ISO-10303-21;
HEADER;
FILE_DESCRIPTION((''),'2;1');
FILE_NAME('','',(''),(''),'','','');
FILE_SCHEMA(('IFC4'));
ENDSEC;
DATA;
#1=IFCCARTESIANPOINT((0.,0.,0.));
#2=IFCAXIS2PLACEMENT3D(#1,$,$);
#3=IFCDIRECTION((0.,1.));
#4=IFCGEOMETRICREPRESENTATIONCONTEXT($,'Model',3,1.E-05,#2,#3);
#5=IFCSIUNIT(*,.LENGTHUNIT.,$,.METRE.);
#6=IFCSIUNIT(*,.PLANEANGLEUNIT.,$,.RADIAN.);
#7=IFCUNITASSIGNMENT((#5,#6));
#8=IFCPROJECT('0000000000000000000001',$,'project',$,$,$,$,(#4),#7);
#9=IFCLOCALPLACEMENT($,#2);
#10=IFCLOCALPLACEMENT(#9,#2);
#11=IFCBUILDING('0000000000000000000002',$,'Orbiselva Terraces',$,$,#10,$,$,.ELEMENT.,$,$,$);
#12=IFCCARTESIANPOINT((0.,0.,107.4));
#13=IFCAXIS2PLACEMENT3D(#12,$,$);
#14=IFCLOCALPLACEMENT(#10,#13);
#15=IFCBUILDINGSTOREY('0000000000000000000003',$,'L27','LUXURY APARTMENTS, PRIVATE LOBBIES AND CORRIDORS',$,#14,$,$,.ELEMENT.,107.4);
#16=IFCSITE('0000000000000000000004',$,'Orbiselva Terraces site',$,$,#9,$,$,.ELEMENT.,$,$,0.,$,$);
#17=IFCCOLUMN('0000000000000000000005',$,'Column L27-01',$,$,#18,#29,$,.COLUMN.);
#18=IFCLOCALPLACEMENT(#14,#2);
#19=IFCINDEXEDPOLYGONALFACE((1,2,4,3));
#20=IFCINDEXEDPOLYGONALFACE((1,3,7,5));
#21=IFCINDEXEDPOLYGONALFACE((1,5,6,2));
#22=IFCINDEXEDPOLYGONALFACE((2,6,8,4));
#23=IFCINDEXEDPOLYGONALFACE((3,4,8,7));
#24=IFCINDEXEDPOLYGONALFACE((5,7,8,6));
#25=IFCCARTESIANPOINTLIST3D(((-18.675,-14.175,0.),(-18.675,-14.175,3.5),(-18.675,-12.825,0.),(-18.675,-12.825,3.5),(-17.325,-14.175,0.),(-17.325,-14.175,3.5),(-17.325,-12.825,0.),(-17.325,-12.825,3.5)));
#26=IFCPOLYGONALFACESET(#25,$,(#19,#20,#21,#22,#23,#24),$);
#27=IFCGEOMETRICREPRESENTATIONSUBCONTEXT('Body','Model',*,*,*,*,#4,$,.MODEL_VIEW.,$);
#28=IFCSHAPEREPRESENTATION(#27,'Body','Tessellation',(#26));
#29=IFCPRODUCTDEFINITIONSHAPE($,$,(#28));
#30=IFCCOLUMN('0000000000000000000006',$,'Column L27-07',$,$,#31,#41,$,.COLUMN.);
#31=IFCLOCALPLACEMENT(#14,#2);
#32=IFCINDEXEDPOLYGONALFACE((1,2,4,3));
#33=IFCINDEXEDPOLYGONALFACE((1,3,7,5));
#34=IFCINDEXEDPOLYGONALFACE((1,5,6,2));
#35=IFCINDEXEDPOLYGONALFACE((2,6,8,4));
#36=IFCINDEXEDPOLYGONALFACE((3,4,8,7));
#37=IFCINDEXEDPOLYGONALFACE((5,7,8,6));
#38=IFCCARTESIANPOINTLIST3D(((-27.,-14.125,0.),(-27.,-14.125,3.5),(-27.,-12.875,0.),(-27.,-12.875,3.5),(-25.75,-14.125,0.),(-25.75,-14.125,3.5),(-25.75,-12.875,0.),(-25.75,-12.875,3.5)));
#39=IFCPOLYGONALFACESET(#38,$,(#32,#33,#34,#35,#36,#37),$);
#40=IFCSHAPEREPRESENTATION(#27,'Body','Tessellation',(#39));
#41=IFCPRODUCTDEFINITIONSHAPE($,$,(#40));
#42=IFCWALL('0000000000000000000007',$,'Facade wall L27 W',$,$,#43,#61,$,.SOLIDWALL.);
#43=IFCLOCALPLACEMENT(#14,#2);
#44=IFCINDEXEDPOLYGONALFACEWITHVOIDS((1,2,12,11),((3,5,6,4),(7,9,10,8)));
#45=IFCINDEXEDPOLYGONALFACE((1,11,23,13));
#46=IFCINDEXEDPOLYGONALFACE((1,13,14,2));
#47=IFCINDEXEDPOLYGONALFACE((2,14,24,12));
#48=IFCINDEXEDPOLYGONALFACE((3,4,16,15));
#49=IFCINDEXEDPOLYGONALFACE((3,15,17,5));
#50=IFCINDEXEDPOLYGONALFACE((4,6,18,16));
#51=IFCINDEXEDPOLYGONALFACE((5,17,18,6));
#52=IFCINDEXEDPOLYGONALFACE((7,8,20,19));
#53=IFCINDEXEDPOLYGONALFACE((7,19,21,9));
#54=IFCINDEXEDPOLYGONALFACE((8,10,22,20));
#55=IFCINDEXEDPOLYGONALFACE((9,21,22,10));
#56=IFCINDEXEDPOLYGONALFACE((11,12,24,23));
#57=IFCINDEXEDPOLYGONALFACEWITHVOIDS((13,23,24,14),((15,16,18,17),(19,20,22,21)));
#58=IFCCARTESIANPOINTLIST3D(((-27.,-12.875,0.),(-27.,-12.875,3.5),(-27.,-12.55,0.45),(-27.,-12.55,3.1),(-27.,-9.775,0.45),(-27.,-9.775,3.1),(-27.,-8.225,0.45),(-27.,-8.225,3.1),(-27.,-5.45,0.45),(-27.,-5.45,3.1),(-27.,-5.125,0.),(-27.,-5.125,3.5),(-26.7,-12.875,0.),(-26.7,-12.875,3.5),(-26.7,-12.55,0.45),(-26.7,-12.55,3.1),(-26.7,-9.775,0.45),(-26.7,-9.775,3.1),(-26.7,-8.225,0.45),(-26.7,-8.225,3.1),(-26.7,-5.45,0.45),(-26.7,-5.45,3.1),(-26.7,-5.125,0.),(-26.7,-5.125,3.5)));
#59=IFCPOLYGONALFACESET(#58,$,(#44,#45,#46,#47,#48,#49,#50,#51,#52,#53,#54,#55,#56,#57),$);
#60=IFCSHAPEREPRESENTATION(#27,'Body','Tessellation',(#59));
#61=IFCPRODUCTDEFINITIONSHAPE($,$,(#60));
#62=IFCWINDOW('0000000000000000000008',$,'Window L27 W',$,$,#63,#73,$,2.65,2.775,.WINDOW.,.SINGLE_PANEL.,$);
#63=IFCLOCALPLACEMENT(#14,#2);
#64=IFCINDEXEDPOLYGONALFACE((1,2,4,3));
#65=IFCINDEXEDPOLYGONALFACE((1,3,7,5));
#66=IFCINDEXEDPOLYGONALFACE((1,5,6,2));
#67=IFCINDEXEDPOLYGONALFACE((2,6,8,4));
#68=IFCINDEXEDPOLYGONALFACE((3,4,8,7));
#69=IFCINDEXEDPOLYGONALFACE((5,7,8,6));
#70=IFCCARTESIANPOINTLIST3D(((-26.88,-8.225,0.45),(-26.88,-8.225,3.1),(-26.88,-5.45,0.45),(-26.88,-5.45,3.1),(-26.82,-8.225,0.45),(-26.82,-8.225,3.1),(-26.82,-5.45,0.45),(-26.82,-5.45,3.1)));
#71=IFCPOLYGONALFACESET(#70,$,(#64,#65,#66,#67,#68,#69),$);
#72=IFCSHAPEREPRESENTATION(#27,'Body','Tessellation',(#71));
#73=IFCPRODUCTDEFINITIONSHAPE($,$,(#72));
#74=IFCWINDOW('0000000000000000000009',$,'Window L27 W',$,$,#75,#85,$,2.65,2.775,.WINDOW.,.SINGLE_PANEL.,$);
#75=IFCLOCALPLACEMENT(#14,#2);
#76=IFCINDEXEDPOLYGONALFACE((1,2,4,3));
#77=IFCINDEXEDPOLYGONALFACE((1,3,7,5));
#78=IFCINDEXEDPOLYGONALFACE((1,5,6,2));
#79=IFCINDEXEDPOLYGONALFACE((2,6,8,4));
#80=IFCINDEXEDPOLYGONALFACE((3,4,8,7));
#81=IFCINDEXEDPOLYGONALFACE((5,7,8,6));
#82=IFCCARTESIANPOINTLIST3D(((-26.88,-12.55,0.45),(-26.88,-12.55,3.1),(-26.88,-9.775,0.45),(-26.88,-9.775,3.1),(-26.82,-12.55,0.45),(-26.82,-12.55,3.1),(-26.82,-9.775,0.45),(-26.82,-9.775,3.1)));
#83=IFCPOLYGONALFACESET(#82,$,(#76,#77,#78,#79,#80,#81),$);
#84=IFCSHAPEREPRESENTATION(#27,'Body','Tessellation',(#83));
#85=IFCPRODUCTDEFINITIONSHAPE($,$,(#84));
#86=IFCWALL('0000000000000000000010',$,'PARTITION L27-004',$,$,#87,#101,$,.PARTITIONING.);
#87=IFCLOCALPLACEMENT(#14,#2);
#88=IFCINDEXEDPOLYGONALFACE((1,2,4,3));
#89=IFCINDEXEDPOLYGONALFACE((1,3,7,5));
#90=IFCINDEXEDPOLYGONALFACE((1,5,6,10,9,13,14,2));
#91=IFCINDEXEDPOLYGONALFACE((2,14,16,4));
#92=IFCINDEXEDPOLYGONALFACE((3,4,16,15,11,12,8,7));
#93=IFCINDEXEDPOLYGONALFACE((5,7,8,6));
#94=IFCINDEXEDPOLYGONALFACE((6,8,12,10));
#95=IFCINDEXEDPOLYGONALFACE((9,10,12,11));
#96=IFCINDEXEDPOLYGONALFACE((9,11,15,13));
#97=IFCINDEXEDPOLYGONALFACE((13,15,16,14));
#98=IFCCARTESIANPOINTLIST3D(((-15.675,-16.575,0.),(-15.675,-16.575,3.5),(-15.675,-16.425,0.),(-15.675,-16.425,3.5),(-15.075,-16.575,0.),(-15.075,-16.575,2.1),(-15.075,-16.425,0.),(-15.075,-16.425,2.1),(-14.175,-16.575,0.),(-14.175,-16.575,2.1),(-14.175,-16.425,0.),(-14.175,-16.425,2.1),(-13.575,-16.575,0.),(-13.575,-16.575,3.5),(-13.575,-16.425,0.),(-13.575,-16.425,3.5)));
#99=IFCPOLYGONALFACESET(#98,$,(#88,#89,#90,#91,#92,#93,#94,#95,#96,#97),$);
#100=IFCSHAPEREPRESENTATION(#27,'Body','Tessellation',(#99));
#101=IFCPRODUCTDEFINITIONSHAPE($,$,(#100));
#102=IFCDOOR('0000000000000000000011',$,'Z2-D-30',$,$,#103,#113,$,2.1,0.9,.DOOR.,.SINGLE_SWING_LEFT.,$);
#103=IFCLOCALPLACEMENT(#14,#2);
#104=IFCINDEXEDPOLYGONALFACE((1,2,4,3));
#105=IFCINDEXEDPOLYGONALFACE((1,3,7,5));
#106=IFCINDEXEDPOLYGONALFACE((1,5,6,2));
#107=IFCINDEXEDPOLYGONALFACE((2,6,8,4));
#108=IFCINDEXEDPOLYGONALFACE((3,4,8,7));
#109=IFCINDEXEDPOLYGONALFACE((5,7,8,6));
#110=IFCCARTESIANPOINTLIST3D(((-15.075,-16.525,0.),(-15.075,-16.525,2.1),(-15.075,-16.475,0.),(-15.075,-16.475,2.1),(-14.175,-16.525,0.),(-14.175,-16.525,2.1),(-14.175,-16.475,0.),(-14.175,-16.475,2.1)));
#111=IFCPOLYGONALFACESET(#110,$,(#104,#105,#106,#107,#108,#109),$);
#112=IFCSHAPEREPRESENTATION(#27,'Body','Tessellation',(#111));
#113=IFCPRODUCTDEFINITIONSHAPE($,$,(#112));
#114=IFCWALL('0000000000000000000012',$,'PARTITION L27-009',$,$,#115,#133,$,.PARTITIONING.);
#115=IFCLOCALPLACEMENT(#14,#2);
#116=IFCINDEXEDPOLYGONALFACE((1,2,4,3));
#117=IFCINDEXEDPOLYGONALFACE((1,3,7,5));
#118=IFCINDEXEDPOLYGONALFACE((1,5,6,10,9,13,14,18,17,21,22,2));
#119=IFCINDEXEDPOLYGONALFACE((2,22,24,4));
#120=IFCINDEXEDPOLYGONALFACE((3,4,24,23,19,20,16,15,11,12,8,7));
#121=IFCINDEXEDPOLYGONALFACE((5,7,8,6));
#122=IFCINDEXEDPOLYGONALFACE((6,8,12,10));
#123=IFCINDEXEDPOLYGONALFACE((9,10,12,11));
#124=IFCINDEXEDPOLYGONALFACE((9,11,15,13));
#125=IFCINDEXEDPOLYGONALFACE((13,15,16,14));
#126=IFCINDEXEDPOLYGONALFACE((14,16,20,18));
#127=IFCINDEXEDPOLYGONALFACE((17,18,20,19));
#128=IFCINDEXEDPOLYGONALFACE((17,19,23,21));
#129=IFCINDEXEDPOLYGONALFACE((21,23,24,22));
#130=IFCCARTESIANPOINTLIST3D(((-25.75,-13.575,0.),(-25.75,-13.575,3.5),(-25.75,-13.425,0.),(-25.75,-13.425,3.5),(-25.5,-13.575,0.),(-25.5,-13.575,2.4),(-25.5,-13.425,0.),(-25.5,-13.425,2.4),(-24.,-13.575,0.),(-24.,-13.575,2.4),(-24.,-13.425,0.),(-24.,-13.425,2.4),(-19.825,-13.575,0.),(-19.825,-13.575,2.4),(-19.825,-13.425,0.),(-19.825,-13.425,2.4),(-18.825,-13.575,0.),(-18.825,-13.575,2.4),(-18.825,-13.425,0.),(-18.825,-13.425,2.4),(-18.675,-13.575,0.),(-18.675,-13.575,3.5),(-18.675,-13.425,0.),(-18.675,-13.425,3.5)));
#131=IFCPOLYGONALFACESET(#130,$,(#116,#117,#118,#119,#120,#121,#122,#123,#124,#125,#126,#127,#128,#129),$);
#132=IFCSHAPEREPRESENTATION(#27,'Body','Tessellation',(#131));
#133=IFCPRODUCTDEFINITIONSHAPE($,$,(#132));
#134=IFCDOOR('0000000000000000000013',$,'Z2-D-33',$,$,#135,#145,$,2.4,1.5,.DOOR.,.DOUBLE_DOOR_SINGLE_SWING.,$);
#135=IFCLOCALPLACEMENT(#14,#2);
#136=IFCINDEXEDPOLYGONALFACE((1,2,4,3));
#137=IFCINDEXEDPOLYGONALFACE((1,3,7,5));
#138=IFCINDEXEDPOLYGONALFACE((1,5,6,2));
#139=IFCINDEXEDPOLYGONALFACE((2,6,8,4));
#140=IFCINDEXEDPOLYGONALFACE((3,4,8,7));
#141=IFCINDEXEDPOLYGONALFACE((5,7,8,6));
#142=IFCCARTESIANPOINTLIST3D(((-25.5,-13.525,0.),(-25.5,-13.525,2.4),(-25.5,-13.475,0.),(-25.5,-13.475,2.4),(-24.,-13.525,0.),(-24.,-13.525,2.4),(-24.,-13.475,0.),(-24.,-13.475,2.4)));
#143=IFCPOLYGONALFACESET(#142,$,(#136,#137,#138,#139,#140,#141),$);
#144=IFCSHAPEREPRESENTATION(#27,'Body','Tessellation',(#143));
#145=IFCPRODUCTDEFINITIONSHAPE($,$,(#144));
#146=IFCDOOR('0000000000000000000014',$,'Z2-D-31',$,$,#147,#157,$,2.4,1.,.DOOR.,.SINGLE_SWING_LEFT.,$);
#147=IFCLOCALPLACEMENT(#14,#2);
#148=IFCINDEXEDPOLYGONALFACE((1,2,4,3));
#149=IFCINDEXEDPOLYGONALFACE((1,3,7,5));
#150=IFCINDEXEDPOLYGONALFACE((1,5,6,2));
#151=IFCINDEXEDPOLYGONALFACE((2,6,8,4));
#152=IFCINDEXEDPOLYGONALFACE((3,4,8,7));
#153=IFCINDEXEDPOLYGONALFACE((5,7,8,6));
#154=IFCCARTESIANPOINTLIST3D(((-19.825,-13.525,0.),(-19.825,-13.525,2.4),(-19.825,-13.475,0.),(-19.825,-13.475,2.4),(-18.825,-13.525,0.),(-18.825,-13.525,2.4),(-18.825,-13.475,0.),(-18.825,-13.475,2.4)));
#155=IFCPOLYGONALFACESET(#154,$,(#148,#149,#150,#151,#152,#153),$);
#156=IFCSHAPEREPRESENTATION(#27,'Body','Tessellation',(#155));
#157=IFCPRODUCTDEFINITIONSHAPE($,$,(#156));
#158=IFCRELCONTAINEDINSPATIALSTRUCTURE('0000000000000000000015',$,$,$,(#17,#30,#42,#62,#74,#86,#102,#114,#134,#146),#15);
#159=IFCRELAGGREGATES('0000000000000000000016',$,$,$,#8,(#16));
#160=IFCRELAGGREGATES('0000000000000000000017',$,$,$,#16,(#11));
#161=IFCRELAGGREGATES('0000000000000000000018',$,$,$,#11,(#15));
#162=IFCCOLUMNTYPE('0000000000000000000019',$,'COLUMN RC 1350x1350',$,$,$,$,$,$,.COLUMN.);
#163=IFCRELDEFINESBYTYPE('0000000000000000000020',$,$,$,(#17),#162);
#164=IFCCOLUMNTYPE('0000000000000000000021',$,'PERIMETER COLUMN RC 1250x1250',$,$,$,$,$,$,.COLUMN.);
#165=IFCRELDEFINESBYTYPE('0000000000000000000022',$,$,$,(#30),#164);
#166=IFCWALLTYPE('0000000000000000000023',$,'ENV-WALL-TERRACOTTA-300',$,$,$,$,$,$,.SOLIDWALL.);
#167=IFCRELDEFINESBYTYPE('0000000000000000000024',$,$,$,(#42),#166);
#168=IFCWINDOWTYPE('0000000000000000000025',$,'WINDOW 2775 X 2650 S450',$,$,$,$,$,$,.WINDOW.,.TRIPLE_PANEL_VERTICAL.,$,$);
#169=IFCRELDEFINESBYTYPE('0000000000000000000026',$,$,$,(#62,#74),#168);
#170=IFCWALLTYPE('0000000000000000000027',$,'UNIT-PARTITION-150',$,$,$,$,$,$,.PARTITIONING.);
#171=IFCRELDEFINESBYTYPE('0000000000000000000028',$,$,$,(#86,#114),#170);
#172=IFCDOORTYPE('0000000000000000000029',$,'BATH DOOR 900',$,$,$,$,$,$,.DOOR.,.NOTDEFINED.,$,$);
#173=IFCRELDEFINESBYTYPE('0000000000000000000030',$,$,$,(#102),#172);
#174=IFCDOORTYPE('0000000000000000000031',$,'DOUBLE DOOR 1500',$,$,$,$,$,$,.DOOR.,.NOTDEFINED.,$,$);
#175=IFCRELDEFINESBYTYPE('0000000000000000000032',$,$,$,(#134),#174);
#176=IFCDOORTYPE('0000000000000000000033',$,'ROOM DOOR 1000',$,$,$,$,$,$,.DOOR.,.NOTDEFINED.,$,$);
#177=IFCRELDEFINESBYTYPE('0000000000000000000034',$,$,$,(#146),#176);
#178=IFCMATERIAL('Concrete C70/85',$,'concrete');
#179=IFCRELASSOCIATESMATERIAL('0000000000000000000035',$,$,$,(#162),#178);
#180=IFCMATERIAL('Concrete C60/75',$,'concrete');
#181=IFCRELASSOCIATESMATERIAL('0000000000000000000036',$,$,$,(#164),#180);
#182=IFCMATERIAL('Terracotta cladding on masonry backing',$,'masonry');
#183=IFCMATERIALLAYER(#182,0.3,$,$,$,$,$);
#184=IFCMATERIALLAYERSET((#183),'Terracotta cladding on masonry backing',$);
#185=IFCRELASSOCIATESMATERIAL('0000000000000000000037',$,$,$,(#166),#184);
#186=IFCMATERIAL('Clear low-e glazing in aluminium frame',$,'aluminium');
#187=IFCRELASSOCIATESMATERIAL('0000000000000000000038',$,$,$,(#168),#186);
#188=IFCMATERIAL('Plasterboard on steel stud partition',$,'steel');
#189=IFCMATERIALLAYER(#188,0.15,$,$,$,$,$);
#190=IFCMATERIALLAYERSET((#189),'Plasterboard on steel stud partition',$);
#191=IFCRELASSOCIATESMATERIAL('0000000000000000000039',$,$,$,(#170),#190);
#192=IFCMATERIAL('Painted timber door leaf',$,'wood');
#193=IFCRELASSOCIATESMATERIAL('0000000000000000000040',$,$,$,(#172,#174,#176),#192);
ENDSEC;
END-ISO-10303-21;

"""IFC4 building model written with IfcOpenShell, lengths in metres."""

from ifc_helpers import new_model, si_unit, direction, frame, frame_2d, origin, origin_2d, place, context, subcontext, project, spatial, rectangle, extrude, material, layer, layer_set, material_profile, profile_set, type_object, element, fill, save


model = new_model("IFC4")

# Units and contexts
model_context = context("Model", 3, precision=1e-05, world=origin(), true_north=direction((0.0, 1.0)))
body_context = subcontext(model_context, "Body", "Model", "MODEL_VIEW")
ifc_project = project(units=[si_unit("LENGTHUNIT", "METRE"), si_unit("PLANEANGLEUNIT", "RADIAN")], contexts=[model_context])

# Site, building, storey
site_placement = place(None, origin())
site = spatial("IfcSite", under=ifc_project, at=site_placement, Name="Orbiselva Terraces site", CompositionType="ELEMENT", RefElevation=0.0)
building_placement = place(site_placement, origin())
building = spatial("IfcBuilding", under=site, at=building_placement, Name="Orbiselva Terraces", CompositionType="ELEMENT")
storey_placement = place(building_placement, frame((0.0, 0.0, 107.4)))
storey = spatial("IfcBuildingStorey", under=building, at=storey_placement, Name="L27", Description="LUXURY APARTMENTS, PRIVATE LOBBIES AND CORRIDORS", CompositionType="ELEMENT", Elevation=107.4)

# Columns
ifc_material_1 = material(Name="Concrete C70/85", Category="concrete")
ifc_material_profile_1 = material_profile(ifc_material_1, rectangle(XDim=1.35, YDim=1.35, at=origin_2d()), Name="RC 1350x1350")
ifc_profile_set_1 = profile_set([ifc_material_profile_1], Name="Concrete C70/85")
column_type_1 = type_object("IfcColumnType", Name="COLUMN RC 1350x1350", PredefinedType="COLUMN", material=ifc_profile_set_1)
column_1_placement = place(storey_placement, frame((-18.0, -13.5, 0.0), z_axis=(0.0, 0.0, 1.0), x_axis=(1.0, 0.0, 0.0)))
element("IfcColumn", 1, at=column_1_placement, inside=storey, type_object=column_type_1, Name="Column L27-01", PredefinedType="COLUMN", context=body_context, shape_type="SweptSolid", body=[
    extrude(rectangle(XDim=1.35, YDim=1.35, at=origin_2d()), origin(), (0.0, 0.0, 1.0), 3.5),
])
ifc_material_2 = material(Name="Concrete C60/75", Category="concrete")
ifc_material_profile_2 = material_profile(ifc_material_2, rectangle(XDim=1.25, YDim=1.25, at=origin_2d()), Name="RC 1250x1250")
ifc_profile_set_2 = profile_set([ifc_material_profile_2], Name="Concrete C60/75")
column_type_2 = type_object("IfcColumnType", Name="PERIMETER COLUMN RC 1250x1250", PredefinedType="COLUMN", material=ifc_profile_set_2)
column_2_placement = place(storey_placement, frame((-26.375, -13.5, 0.0), z_axis=(0.0, 0.0, 1.0), x_axis=(1.0, 0.0, 0.0)))
element("IfcColumn", 2, at=column_2_placement, inside=storey, type_object=column_type_2, Name="Column L27-07", PredefinedType="COLUMN", context=body_context, shape_type="SweptSolid", body=[
    extrude(rectangle(XDim=1.25, YDim=1.25, at=origin_2d()), origin(), (0.0, 0.0, 1.0), 3.5),
])

# Wall, openings, windows
ifc_material_3 = material(Name="Terracotta cladding on masonry backing", Category="masonry")
ifc_layer_1 = layer(ifc_material_3, 0.3)
ifc_layer_set_1 = layer_set([ifc_layer_1], Name="Terracotta cladding on masonry backing")
wall_type_1 = type_object("IfcWallType", Name="ENV-WALL-TERRACOTTA-300", PredefinedType="SOLIDWALL", material=ifc_layer_set_1)
wall_1_placement = place(storey_placement, frame((-26.85, -12.875, 0.0), z_axis=(0.0, 0.0, 1.0), x_axis=(0.0, 1.0, 0.0)))
wall_1 = element("IfcWall", 3, at=wall_1_placement, inside=storey, type_object=wall_type_1, Name="Facade wall L27 W", PredefinedType="SOLIDWALL", context=body_context, shape_type="SweptSolid", body=[
    extrude(rectangle(XDim=7.75, YDim=0.3, at=frame_2d((3.875, 0.0))), origin(), (0.0, 0.0, 1.0), 3.5),
])
opening_1_placement = place(wall_1_placement, frame((4.65, 0.0, 0.45)))
opening_1 = element("IfcOpeningElement", 4, at=opening_1_placement, cuts=wall_1, PredefinedType="OPENING", context=body_context, shape_type="SweptSolid", body=[
    extrude(rectangle(XDim=2.775, YDim=2.65, at=frame_2d((1.3875, 1.325))), frame((0.0, 0.16, 0.0), z_axis=(0.0, -1.0, 0.0), x_axis=(1.0, 0.0, 0.0)), (0.0, 0.0, 1.0), 0.32),
])
opening_2_placement = place(wall_1_placement, frame((0.325, 0.0, 0.45)))
opening_2 = element("IfcOpeningElement", 5, at=opening_2_placement, cuts=wall_1, PredefinedType="OPENING", context=body_context, shape_type="SweptSolid", body=[
    extrude(rectangle(XDim=2.775, YDim=2.65, at=frame_2d((1.3875, 1.325))), frame((0.0, 0.16, 0.0), z_axis=(0.0, -1.0, 0.0), x_axis=(1.0, 0.0, 0.0)), (0.0, 0.0, 1.0), 0.32),
])
ifc_material_4 = material(Name="Clear low-e glazing in aluminium frame", Category="aluminium")
window_type = type_object("IfcWindowType", Name="WINDOW 2775 X 2650 S450", PartitioningType="TRIPLE_PANEL_VERTICAL", PredefinedType="WINDOW", material=ifc_material_4)
window_1_placement = place(opening_1_placement, origin())
window_1 = element("IfcWindow", 6, at=window_1_placement, inside=storey, type_object=window_type, Name="Window L27 W", OverallHeight=2.65, OverallWidth=2.775, PartitioningType="SINGLE_PANEL", PredefinedType="WINDOW", context=body_context, shape_type="SweptSolid", body=[
    extrude(rectangle(XDim=2.775, YDim=2.65, at=frame_2d((1.3875, 1.325))), frame((0.0, 0.03, 0.0), z_axis=(0.0, -1.0, 0.0), x_axis=(1.0, 0.0, 0.0)), (0.0, 0.0, 1.0), 0.06),
])
fill(opening_1, window_1)
window_2_placement = place(opening_2_placement, origin())
window_2 = element("IfcWindow", 7, at=window_2_placement, inside=storey, type_object=window_type, Name="Window L27 W", OverallHeight=2.65, OverallWidth=2.775, PartitioningType="SINGLE_PANEL", PredefinedType="WINDOW", context=body_context, shape_type="SweptSolid", body=[
    extrude(rectangle(XDim=2.775, YDim=2.65, at=frame_2d((1.3875, 1.325))), frame((0.0, 0.03, 0.0), z_axis=(0.0, -1.0, 0.0), x_axis=(1.0, 0.0, 0.0)), (0.0, 0.0, 1.0), 0.06),
])
fill(opening_2, window_2)

# Wall, opening, door
ifc_material_5 = material(Name="Plasterboard on steel stud partition", Category="steel")
ifc_layer_2 = layer(ifc_material_5, 0.15)
ifc_layer_set_2 = layer_set([ifc_layer_2], Name="Plasterboard on steel stud partition")
wall_type_2 = type_object("IfcWallType", Name="UNIT-PARTITION-150", PredefinedType="PARTITIONING", material=ifc_layer_set_2)
wall_2_placement = place(storey_placement, frame((-15.675, -16.5, 0.0), z_axis=(0.0, 0.0, 1.0), x_axis=(1.0, 0.0, 0.0)))
wall_2 = element("IfcWall", 8, at=wall_2_placement, inside=storey, type_object=wall_type_2, Name="PARTITION L27-004", PredefinedType="PARTITIONING", context=body_context, shape_type="SweptSolid", body=[
    extrude(rectangle(XDim=2.1, YDim=0.15, at=frame_2d((1.05, 0.0))), origin(), (0.0, 0.0, 1.0), 3.5),
])
opening_3_placement = place(wall_2_placement, frame((0.6, 0.0, 0.0)))
opening_3 = element("IfcOpeningElement", 9, at=opening_3_placement, cuts=wall_2, PredefinedType="OPENING", context=body_context, shape_type="SweptSolid", body=[
    extrude(rectangle(XDim=0.9, YDim=2.1, at=frame_2d((0.45, 1.05))), frame((0.0, 0.085, 0.0), z_axis=(0.0, -1.0, 0.0), x_axis=(1.0, 0.0, 0.0)), (0.0, 0.0, 1.0), 0.17),
])
ifc_material_6 = material(Name="Painted timber door leaf", Category="wood")
door_type_1 = type_object("IfcDoorType", Name="BATH DOOR 900", OperationType="NOTDEFINED", PredefinedType="DOOR", material=ifc_material_6)
door_1_placement = place(opening_3_placement, origin())
door_1 = element("IfcDoor", 10, at=door_1_placement, inside=storey, type_object=door_type_1, Name="Z2-D-30", OperationType="SINGLE_SWING_LEFT", OverallHeight=2.1, OverallWidth=0.9, PredefinedType="DOOR", context=body_context, shape_type="SweptSolid", body=[
    extrude(rectangle(XDim=0.9, YDim=2.1, at=frame_2d((0.45, 1.05))), frame((0.0, 0.025, 0.0), z_axis=(0.0, -1.0, 0.0), x_axis=(1.0, 0.0, 0.0)), (0.0, 0.0, 1.0), 0.05),
])
fill(opening_3, door_1)

# Wall, openings, doors
wall_3_placement = place(storey_placement, frame((-18.675, -13.5, 0.0), z_axis=(0.0, 0.0, 1.0), x_axis=(-1.0, 0.0, 0.0)))
wall_3 = element("IfcWall", 11, at=wall_3_placement, inside=storey, type_object=wall_type_2, Name="PARTITION L27-009", PredefinedType="PARTITIONING", context=body_context, shape_type="SweptSolid", body=[
    extrude(rectangle(XDim=7.075, YDim=0.15, at=frame_2d((3.5375, 0.0))), origin(), (0.0, 0.0, 1.0), 3.5),
])
opening_4_placement = place(wall_3_placement, frame((0.15, 0.0, 0.0)))
opening_4 = element("IfcOpeningElement", 12, at=opening_4_placement, cuts=wall_3, PredefinedType="OPENING", context=body_context, shape_type="SweptSolid", body=[
    extrude(rectangle(XDim=1.0, YDim=2.4, at=frame_2d((0.5, 1.2))), frame((0.0, 0.085, 0.0), z_axis=(0.0, -1.0, 0.0), x_axis=(1.0, 0.0, 0.0)), (0.0, 0.0, 1.0), 0.17),
])
opening_5_placement = place(wall_3_placement, frame((5.325, 0.0, 0.0)))
opening_5 = element("IfcOpeningElement", 13, at=opening_5_placement, cuts=wall_3, PredefinedType="OPENING", context=body_context, shape_type="SweptSolid", body=[
    extrude(rectangle(XDim=1.5, YDim=2.4, at=frame_2d((0.75, 1.2))), frame((0.0, 0.085, 0.0), z_axis=(0.0, -1.0, 0.0), x_axis=(1.0, 0.0, 0.0)), (0.0, 0.0, 1.0), 0.17),
])
door_type_2 = type_object("IfcDoorType", Name="DOUBLE DOOR 1500", OperationType="NOTDEFINED", PredefinedType="DOOR", material=ifc_material_6)
door_2_placement = place(opening_5_placement, origin())
door_2 = element("IfcDoor", 14, at=door_2_placement, inside=storey, type_object=door_type_2, Name="Z2-D-33", OperationType="DOUBLE_DOOR_SINGLE_SWING", OverallHeight=2.4, OverallWidth=1.5, PredefinedType="DOOR", context=body_context, shape_type="SweptSolid", body=[
    extrude(rectangle(XDim=1.5, YDim=2.4, at=frame_2d((0.75, 1.2))), frame((0.0, 0.025, 0.0), z_axis=(0.0, -1.0, 0.0), x_axis=(1.0, 0.0, 0.0)), (0.0, 0.0, 1.0), 0.05),
])
fill(opening_5, door_2)
door_type_3 = type_object("IfcDoorType", Name="ROOM DOOR 1000", OperationType="NOTDEFINED", PredefinedType="DOOR", material=ifc_material_6)
door_3_placement = place(opening_4_placement, origin())
door_3 = element("IfcDoor", 15, at=door_3_placement, inside=storey, type_object=door_type_3, Name="Z2-D-31", OperationType="SINGLE_SWING_LEFT", OverallHeight=2.4, OverallWidth=1.0, PredefinedType="DOOR", context=body_context, shape_type="SweptSolid", body=[
    extrude(rectangle(XDim=1.0, YDim=2.4, at=frame_2d((0.5, 1.2))), frame((0.0, 0.025, 0.0), z_axis=(0.0, -1.0, 0.0), x_axis=(1.0, 0.0, 0.0)), (0.0, 0.0, 1.0), 0.05),
])
fill(opening_4, door_3)

save(model, "model.ifc")
